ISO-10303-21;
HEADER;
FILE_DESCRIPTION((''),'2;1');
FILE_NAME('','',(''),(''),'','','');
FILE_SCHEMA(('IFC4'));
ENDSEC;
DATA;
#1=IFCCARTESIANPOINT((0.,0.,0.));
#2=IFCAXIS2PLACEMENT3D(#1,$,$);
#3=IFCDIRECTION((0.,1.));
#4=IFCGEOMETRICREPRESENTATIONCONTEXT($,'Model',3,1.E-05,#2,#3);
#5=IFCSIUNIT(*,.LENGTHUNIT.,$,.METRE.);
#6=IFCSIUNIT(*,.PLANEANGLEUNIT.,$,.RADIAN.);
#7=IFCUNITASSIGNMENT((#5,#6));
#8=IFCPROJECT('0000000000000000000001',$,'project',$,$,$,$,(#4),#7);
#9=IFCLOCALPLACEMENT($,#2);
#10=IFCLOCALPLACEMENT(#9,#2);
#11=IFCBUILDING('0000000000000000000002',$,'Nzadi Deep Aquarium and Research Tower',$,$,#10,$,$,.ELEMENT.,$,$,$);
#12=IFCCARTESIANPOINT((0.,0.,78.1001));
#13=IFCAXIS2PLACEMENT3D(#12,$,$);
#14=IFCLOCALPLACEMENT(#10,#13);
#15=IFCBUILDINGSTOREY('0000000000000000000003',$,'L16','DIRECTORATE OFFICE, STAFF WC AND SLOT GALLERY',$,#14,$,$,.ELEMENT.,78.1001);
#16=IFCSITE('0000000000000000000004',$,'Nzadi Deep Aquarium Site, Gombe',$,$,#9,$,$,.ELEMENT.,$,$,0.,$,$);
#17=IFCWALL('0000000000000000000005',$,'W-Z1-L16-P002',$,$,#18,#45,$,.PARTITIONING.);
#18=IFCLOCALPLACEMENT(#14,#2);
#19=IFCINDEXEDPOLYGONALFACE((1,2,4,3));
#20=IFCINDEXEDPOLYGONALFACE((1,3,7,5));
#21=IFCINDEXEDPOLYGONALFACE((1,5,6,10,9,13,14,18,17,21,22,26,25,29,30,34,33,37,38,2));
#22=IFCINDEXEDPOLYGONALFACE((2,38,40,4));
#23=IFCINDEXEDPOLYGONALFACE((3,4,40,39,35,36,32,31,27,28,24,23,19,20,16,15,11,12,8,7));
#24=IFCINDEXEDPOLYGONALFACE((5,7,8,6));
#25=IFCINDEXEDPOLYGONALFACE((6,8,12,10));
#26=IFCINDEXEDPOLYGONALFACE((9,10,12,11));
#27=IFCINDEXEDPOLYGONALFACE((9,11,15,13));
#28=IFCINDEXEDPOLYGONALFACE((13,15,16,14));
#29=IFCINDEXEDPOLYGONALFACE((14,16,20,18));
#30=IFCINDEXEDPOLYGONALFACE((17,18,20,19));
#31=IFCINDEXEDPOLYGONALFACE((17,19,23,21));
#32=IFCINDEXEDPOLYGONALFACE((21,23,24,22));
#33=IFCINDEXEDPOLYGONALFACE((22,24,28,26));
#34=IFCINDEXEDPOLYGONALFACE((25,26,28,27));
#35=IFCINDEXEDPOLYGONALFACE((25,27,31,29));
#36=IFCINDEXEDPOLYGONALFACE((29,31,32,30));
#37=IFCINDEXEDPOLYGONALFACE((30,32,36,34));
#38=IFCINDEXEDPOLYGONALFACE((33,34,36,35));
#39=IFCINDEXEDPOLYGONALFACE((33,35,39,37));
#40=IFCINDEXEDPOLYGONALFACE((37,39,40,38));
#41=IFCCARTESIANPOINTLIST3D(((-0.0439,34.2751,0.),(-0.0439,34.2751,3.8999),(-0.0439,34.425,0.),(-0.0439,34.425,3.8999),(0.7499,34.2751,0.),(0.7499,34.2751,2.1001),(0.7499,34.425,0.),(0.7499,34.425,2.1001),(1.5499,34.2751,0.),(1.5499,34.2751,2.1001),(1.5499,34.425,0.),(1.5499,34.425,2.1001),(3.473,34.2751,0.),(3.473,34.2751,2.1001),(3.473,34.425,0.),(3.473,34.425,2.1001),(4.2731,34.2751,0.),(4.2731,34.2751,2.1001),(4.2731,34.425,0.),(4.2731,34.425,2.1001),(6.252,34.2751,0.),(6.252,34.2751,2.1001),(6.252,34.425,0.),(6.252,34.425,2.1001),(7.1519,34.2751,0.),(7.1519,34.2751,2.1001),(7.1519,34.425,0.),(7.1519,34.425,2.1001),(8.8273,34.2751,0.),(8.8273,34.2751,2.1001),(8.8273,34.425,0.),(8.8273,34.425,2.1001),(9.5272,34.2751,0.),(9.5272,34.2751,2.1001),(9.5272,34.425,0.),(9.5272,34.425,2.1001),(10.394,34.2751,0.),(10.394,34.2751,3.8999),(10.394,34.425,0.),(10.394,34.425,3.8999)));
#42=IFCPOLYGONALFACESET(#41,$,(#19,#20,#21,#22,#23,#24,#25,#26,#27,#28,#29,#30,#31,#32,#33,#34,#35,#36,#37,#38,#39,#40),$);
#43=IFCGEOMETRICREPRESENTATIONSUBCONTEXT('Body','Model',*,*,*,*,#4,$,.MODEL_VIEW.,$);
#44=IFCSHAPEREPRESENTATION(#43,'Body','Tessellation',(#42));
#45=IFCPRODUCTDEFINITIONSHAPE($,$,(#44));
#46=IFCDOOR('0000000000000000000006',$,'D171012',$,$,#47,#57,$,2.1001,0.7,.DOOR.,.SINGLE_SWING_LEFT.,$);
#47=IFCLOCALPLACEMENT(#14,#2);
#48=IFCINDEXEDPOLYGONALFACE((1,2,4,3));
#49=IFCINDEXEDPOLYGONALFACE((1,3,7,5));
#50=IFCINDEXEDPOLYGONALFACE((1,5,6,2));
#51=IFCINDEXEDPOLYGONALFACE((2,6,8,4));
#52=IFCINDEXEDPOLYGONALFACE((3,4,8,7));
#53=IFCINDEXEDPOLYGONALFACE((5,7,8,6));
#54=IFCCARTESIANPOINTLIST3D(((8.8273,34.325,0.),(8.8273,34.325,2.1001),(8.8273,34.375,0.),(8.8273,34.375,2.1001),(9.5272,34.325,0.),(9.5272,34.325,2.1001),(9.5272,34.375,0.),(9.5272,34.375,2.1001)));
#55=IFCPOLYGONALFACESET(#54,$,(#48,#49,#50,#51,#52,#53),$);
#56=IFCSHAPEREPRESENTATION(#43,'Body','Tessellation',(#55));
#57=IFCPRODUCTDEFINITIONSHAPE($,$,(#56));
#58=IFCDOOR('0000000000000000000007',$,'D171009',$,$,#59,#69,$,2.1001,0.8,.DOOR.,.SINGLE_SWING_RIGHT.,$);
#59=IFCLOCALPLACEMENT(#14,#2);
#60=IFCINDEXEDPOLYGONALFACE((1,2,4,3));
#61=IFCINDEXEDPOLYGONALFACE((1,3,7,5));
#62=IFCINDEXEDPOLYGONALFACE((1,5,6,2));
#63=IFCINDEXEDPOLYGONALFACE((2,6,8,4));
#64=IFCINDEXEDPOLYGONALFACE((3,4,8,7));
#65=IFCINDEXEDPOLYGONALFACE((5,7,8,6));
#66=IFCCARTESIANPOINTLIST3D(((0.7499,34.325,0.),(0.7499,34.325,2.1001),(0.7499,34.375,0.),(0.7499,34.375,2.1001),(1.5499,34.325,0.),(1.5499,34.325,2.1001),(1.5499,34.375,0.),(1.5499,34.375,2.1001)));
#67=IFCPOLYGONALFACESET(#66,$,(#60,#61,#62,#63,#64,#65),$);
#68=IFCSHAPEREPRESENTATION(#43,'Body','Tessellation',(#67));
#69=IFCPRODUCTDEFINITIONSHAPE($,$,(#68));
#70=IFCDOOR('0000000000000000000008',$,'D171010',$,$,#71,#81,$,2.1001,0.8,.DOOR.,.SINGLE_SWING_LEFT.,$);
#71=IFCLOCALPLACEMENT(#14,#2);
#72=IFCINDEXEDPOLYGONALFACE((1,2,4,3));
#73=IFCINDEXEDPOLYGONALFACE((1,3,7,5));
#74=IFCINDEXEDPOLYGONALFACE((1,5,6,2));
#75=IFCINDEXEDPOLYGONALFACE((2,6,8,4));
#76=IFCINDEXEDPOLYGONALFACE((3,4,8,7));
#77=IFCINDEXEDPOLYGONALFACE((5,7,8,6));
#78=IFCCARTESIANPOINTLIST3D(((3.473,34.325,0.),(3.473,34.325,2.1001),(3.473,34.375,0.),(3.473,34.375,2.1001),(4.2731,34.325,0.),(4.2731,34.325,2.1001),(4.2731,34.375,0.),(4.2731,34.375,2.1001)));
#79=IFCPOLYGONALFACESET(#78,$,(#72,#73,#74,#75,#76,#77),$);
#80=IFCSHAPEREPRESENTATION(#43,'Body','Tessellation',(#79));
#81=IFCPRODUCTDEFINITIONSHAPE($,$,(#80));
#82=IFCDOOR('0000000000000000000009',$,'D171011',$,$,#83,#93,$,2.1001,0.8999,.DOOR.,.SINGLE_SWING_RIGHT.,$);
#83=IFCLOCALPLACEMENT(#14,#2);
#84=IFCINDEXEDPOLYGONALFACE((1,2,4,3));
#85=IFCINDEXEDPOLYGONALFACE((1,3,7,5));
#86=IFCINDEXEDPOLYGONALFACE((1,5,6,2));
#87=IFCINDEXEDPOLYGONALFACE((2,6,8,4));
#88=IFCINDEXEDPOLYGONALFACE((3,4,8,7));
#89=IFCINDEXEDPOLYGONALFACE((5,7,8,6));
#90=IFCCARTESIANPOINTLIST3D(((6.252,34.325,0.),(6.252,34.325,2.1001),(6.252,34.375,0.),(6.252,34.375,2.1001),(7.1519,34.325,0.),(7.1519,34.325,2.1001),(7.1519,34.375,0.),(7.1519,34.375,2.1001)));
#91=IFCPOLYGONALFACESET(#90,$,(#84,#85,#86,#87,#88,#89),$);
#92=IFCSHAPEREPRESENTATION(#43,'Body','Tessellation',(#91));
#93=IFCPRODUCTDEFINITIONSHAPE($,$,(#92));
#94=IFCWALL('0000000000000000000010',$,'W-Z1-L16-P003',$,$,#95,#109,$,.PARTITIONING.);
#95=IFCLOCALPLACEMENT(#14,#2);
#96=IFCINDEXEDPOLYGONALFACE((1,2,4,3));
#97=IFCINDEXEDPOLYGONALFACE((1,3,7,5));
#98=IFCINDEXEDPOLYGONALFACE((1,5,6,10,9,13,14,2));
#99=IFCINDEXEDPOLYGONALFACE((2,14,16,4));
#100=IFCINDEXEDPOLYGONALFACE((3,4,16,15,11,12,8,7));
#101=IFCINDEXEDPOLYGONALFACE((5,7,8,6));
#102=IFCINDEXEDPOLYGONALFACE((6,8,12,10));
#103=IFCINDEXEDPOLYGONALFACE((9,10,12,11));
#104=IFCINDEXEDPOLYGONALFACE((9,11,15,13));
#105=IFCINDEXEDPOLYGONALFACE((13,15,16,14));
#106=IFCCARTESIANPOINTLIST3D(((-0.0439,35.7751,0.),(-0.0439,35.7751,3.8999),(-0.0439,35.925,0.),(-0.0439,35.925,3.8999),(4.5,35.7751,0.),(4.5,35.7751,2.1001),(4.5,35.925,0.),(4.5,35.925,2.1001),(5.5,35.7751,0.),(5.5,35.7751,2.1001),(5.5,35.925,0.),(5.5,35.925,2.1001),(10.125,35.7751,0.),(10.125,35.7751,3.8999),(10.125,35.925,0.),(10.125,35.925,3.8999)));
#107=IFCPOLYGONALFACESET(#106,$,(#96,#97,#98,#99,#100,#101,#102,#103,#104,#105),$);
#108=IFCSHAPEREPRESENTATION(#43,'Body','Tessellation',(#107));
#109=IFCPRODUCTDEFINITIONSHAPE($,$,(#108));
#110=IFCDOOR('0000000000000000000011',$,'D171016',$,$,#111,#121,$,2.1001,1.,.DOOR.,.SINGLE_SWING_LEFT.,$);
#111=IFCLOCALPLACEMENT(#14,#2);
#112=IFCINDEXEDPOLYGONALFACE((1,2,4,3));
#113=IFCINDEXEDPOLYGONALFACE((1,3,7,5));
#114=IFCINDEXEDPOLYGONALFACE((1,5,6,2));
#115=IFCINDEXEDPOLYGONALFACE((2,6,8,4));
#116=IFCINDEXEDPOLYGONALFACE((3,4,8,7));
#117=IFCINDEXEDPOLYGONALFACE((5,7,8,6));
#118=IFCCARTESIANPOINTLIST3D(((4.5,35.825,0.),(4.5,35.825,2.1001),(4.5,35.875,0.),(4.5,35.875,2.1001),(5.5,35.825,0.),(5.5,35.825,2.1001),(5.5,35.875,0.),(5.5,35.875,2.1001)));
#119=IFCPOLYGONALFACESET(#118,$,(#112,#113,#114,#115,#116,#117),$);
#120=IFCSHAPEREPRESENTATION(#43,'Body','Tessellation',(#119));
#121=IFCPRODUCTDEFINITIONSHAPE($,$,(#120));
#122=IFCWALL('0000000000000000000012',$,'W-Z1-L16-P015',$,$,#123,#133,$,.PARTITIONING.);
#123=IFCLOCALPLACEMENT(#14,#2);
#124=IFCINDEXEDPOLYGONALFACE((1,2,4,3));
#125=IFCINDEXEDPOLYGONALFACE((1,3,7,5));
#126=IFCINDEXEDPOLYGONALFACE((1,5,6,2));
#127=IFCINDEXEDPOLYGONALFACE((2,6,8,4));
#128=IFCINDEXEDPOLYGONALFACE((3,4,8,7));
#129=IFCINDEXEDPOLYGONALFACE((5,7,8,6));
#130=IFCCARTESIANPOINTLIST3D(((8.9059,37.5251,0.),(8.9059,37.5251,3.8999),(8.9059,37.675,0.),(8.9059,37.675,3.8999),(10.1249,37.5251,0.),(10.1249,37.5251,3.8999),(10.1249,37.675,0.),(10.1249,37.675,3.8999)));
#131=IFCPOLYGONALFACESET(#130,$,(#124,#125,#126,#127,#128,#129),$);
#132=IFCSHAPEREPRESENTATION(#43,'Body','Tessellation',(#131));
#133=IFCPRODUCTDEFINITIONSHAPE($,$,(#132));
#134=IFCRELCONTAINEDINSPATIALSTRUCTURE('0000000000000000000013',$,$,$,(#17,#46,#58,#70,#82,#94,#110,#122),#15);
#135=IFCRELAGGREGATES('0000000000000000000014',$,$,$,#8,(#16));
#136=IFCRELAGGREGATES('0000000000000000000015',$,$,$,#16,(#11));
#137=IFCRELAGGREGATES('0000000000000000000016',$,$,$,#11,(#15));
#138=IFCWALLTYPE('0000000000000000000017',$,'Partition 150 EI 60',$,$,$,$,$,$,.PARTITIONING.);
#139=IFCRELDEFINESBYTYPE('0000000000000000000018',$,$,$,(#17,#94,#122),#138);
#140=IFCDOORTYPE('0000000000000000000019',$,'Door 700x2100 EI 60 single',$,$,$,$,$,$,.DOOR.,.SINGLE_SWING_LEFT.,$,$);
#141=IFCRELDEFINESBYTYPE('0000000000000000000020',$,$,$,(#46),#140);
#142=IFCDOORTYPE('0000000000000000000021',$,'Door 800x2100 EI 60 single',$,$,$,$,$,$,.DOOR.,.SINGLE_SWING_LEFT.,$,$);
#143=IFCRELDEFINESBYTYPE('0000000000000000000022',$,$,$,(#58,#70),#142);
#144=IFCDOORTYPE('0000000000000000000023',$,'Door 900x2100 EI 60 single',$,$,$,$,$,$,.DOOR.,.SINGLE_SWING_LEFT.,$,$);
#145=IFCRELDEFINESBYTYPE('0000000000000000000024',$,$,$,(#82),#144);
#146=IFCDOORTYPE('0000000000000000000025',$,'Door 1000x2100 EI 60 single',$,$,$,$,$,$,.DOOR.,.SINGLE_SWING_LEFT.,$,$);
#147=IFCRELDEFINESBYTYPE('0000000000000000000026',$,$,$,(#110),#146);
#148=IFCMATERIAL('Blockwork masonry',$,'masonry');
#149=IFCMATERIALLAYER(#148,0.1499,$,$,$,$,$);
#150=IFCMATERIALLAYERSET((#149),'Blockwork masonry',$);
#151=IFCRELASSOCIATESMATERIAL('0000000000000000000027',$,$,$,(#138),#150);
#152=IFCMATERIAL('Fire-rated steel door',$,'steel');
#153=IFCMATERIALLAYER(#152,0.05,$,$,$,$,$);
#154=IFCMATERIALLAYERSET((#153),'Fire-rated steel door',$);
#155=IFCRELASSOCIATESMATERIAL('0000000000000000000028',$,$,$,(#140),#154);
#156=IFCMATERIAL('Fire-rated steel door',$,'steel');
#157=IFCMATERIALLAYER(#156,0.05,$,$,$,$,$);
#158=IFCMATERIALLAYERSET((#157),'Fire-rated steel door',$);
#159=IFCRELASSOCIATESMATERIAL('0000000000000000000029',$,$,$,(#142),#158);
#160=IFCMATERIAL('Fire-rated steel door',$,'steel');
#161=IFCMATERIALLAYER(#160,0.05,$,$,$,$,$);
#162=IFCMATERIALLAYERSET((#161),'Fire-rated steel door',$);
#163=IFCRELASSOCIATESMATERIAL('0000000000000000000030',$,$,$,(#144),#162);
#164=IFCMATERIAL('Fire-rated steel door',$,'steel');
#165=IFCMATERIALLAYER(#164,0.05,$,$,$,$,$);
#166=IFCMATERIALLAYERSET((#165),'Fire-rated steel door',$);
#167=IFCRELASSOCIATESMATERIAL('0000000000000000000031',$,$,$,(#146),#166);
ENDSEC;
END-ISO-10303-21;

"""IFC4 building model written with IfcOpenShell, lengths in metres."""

from ifc_helpers import new_model, si_unit, direction, frame, frame_2d, origin, place, context, subcontext, project, spatial, rectangle, extrude, material, layer, layer_set, type_object, element, fill, save


model = new_model("IFC4")

# Units and contexts
model_context = context("Model", 3, precision=1e-05, world=origin(), true_north=direction((0.0, 1.0)))
body_context = subcontext(model_context, "Body", "Model", "MODEL_VIEW")
ifc_project = project(units=[si_unit("LENGTHUNIT", "METRE"), si_unit("PLANEANGLEUNIT", "RADIAN")], contexts=[model_context])

# Site, building, storey
site_placement = place(None, origin())
site = spatial("IfcSite", under=ifc_project, at=site_placement, Name="Nzadi Deep Aquarium Site, Gombe", CompositionType="ELEMENT", RefElevation=0.0)
building_placement = place(site_placement, origin())
building = spatial("IfcBuilding", under=site, at=building_placement, Name="Nzadi Deep Aquarium and Research Tower", CompositionType="ELEMENT")
storey_placement = place(building_placement, frame((0.0, 0.0, 78.1001)))
storey = spatial("IfcBuildingStorey", under=building, at=storey_placement, Name="L16", Description="DIRECTORATE OFFICE, STAFF WC AND SLOT GALLERY", CompositionType="ELEMENT", Elevation=78.1001)

# Wall, openings, doors
ifc_material_1 = material(Name="Blockwork masonry", Category="masonry")
ifc_layer_1 = layer(ifc_material_1, 0.1499)
ifc_layer_set_1 = layer_set([ifc_layer_1], Name="Blockwork masonry")
wall_type_1 = type_object("IfcWallType", Name="Partition 150 EI 60", PredefinedType="PARTITIONING", material=ifc_layer_set_1)
wall_1_placement = place(storey_placement, frame((-0.0439, 34.3501, 0.0), z_axis=(0.0, 0.0, 1.0), x_axis=(1.0, 0.0, 0.0)))
wall_1 = element("IfcWall", 1, at=wall_1_placement, inside=storey, type_object=wall_type_1, Name="W-Z1-L16-P002", PredefinedType="PARTITIONING", context=body_context, shape_type="SweptSolid", body=[
    extrude(rectangle(XDim=10.438, YDim=0.1499, at=frame_2d((5.219, 0.0))), origin(), (0.0, 0.0, 1.0), 3.8999),
])
opening_1_placement = place(wall_1_placement, frame((0.7939, 0.0, 0.0)))
opening_1 = element("IfcOpeningElement", 2, at=opening_1_placement, cuts=wall_1, PredefinedType="OPENING", context=body_context, shape_type="SweptSolid", body=[
    extrude(rectangle(XDim=0.8, YDim=2.1001, at=frame_2d((0.3999, 1.05))), frame((0.0, 0.085, 0.0), z_axis=(0.0, -1.0, 0.0), x_axis=(1.0, 0.0, 0.0)), (0.0, 0.0, 1.0), 0.1699),
])
opening_2_placement = place(wall_1_placement, frame((3.5171, 0.0, 0.0)))
opening_2 = element("IfcOpeningElement", 3, at=opening_2_placement, cuts=wall_1, PredefinedType="OPENING", context=body_context, shape_type="SweptSolid", body=[
    extrude(rectangle(XDim=0.8, YDim=2.1001, at=frame_2d((0.3999, 1.05))), frame((0.0, 0.085, 0.0), z_axis=(0.0, -1.0, 0.0), x_axis=(1.0, 0.0, 0.0)), (0.0, 0.0, 1.0), 0.1699),
])
opening_3_placement = place(wall_1_placement, frame((6.2959, 0.0, 0.0)))
opening_3 = element("IfcOpeningElement", 4, at=opening_3_placement, cuts=wall_1, PredefinedType="OPENING", context=body_context, shape_type="SweptSolid", body=[
    extrude(rectangle(XDim=0.8999, YDim=2.1001, at=frame_2d((0.45, 1.05))), frame((0.0, 0.085, 0.0), z_axis=(0.0, -1.0, 0.0), x_axis=(1.0, 0.0, 0.0)), (0.0, 0.0, 1.0), 0.1699),
])
opening_4_placement = place(wall_1_placement, frame((8.8711, 0.0, 0.0)))
opening_4 = element("IfcOpeningElement", 5, at=opening_4_placement, cuts=wall_1, PredefinedType="OPENING", context=body_context, shape_type="SweptSolid", body=[
    extrude(rectangle(XDim=0.7, YDim=2.1001, at=frame_2d((0.3501, 1.05))), frame((0.0, 0.085, 0.0), z_axis=(0.0, -1.0, 0.0), x_axis=(1.0, 0.0, 0.0)), (0.0, 0.0, 1.0), 0.1699),
])
ifc_material_2 = material(Name="Fire-rated steel door", Category="steel")
ifc_layer_2 = layer(ifc_material_2, 0.05)
ifc_layer_set_2 = layer_set([ifc_layer_2], Name="Fire-rated steel door")
door_type_1 = type_object("IfcDoorType", Name="Door 700x2100 EI 60 single", OperationType="SINGLE_SWING_LEFT", PredefinedType="DOOR", material=ifc_layer_set_2)
door_1_placement = place(opening_4_placement, origin())
door_1 = element("IfcDoor", 6, at=door_1_placement, inside=storey, type_object=door_type_1, Name="D171012", OperationType="SINGLE_SWING_LEFT", OverallHeight=2.1001, OverallWidth=0.7, PredefinedType="DOOR", context=body_context, shape_type="SweptSolid", body=[
    extrude(rectangle(XDim=0.7, YDim=2.1001, at=frame_2d((0.3501, 1.05))), frame((0.0, 0.0249, 0.0), z_axis=(0.0, -1.0, 0.0), x_axis=(1.0, 0.0, 0.0)), (0.0, 0.0, 1.0), 0.05),
])
fill(opening_4, door_1)
ifc_material_3 = material(Name="Fire-rated steel door", Category="steel")
ifc_layer_3 = layer(ifc_material_3, 0.05)
ifc_layer_set_3 = layer_set([ifc_layer_3], Name="Fire-rated steel door")
door_type_2 = type_object("IfcDoorType", Name="Door 800x2100 EI 60 single", OperationType="SINGLE_SWING_LEFT", PredefinedType="DOOR", material=ifc_layer_set_3)
door_2_placement = place(opening_1_placement, origin())
door_2 = element("IfcDoor", 7, at=door_2_placement, inside=storey, type_object=door_type_2, Name="D171009", OperationType="SINGLE_SWING_RIGHT", OverallHeight=2.1001, OverallWidth=0.8, PredefinedType="DOOR", context=body_context, shape_type="SweptSolid", body=[
    extrude(rectangle(XDim=0.8, YDim=2.1001, at=frame_2d((0.3999, 1.05))), frame((0.0, 0.0249, 0.0), z_axis=(0.0, -1.0, 0.0), x_axis=(1.0, 0.0, 0.0)), (0.0, 0.0, 1.0), 0.05),
])
fill(opening_1, door_2)
door_3_placement = place(opening_2_placement, origin())
door_3 = element("IfcDoor", 8, at=door_3_placement, inside=storey, type_object=door_type_2, Name="D171010", OperationType="SINGLE_SWING_LEFT", OverallHeight=2.1001, OverallWidth=0.8, PredefinedType="DOOR", context=body_context, shape_type="SweptSolid", body=[
    extrude(rectangle(XDim=0.8, YDim=2.1001, at=frame_2d((0.3999, 1.05))), frame((0.0, 0.0249, 0.0), z_axis=(0.0, -1.0, 0.0), x_axis=(1.0, 0.0, 0.0)), (0.0, 0.0, 1.0), 0.05),
])
fill(opening_2, door_3)
ifc_material_4 = material(Name="Fire-rated steel door", Category="steel")
ifc_layer_4 = layer(ifc_material_4, 0.05)
ifc_layer_set_4 = layer_set([ifc_layer_4], Name="Fire-rated steel door")
door_type_3 = type_object("IfcDoorType", Name="Door 900x2100 EI 60 single", OperationType="SINGLE_SWING_LEFT", PredefinedType="DOOR", material=ifc_layer_set_4)
door_4_placement = place(opening_3_placement, origin())
door_4 = element("IfcDoor", 9, at=door_4_placement, inside=storey, type_object=door_type_3, Name="D171011", OperationType="SINGLE_SWING_RIGHT", OverallHeight=2.1001, OverallWidth=0.8999, PredefinedType="DOOR", context=body_context, shape_type="SweptSolid", body=[
    extrude(rectangle(XDim=0.8999, YDim=2.1001, at=frame_2d((0.45, 1.05))), frame((0.0, 0.0249, 0.0), z_axis=(0.0, -1.0, 0.0), x_axis=(1.0, 0.0, 0.0)), (0.0, 0.0, 1.0), 0.05),
])
fill(opening_3, door_4)

# Wall, opening, door
wall_2_placement = place(storey_placement, frame((-0.0439, 35.8501, 0.0), z_axis=(0.0, 0.0, 1.0), x_axis=(1.0, 0.0, 0.0)))
wall_2 = element("IfcWall", 10, at=wall_2_placement, inside=storey, type_object=wall_type_1, Name="W-Z1-L16-P003", PredefinedType="PARTITIONING", context=body_context, shape_type="SweptSolid", body=[
    extrude(rectangle(XDim=10.1689, YDim=0.1499, at=frame_2d((5.0845, 0.0))), origin(), (0.0, 0.0, 1.0), 3.8999),
])
opening_5_placement = place(wall_2_placement, frame((4.5439, 0.0, 0.0)))
opening_5 = element("IfcOpeningElement", 11, at=opening_5_placement, cuts=wall_2, PredefinedType="OPENING", context=body_context, shape_type="SweptSolid", body=[
    extrude(rectangle(XDim=1.0, YDim=2.1001, at=frame_2d((0.5, 1.05))), frame((0.0, 0.085, 0.0), z_axis=(0.0, -1.0, 0.0), x_axis=(1.0, 0.0, 0.0)), (0.0, 0.0, 1.0), 0.1699),
])
ifc_material_5 = material(Name="Fire-rated steel door", Category="steel")
ifc_layer_5 = layer(ifc_material_5, 0.05)
ifc_layer_set_5 = layer_set([ifc_layer_5], Name="Fire-rated steel door")
door_type_4 = type_object("IfcDoorType", Name="Door 1000x2100 EI 60 single", OperationType="SINGLE_SWING_LEFT", PredefinedType="DOOR", material=ifc_layer_set_5)
door_5_placement = place(opening_5_placement, origin())
door_5 = element("IfcDoor", 12, at=door_5_placement, inside=storey, type_object=door_type_4, Name="D171016", OperationType="SINGLE_SWING_LEFT", OverallHeight=2.1001, OverallWidth=1.0, PredefinedType="DOOR", context=body_context, shape_type="SweptSolid", body=[
    extrude(rectangle(XDim=1.0, YDim=2.1001, at=frame_2d((0.5, 1.05))), frame((0.0, 0.0249, 0.0), z_axis=(0.0, -1.0, 0.0), x_axis=(1.0, 0.0, 0.0)), (0.0, 0.0, 1.0), 0.05),
])
fill(opening_5, door_5)

# Wall
wall_3_placement = place(storey_placement, frame((8.906, 37.6001, 0.0), z_axis=(0.0, 0.0, 1.0), x_axis=(1.0, 0.0, 0.0)))
element("IfcWall", 13, at=wall_3_placement, inside=storey, type_object=wall_type_1, Name="W-Z1-L16-P015", PredefinedType="PARTITIONING", context=body_context, shape_type="SweptSolid", body=[
    extrude(rectangle(XDim=1.219, YDim=0.1499, at=frame_2d((0.6094, 0.0))), origin(), (0.0, 0.0, 1.0), 3.8999),
])

save(model, "model.ifc")
